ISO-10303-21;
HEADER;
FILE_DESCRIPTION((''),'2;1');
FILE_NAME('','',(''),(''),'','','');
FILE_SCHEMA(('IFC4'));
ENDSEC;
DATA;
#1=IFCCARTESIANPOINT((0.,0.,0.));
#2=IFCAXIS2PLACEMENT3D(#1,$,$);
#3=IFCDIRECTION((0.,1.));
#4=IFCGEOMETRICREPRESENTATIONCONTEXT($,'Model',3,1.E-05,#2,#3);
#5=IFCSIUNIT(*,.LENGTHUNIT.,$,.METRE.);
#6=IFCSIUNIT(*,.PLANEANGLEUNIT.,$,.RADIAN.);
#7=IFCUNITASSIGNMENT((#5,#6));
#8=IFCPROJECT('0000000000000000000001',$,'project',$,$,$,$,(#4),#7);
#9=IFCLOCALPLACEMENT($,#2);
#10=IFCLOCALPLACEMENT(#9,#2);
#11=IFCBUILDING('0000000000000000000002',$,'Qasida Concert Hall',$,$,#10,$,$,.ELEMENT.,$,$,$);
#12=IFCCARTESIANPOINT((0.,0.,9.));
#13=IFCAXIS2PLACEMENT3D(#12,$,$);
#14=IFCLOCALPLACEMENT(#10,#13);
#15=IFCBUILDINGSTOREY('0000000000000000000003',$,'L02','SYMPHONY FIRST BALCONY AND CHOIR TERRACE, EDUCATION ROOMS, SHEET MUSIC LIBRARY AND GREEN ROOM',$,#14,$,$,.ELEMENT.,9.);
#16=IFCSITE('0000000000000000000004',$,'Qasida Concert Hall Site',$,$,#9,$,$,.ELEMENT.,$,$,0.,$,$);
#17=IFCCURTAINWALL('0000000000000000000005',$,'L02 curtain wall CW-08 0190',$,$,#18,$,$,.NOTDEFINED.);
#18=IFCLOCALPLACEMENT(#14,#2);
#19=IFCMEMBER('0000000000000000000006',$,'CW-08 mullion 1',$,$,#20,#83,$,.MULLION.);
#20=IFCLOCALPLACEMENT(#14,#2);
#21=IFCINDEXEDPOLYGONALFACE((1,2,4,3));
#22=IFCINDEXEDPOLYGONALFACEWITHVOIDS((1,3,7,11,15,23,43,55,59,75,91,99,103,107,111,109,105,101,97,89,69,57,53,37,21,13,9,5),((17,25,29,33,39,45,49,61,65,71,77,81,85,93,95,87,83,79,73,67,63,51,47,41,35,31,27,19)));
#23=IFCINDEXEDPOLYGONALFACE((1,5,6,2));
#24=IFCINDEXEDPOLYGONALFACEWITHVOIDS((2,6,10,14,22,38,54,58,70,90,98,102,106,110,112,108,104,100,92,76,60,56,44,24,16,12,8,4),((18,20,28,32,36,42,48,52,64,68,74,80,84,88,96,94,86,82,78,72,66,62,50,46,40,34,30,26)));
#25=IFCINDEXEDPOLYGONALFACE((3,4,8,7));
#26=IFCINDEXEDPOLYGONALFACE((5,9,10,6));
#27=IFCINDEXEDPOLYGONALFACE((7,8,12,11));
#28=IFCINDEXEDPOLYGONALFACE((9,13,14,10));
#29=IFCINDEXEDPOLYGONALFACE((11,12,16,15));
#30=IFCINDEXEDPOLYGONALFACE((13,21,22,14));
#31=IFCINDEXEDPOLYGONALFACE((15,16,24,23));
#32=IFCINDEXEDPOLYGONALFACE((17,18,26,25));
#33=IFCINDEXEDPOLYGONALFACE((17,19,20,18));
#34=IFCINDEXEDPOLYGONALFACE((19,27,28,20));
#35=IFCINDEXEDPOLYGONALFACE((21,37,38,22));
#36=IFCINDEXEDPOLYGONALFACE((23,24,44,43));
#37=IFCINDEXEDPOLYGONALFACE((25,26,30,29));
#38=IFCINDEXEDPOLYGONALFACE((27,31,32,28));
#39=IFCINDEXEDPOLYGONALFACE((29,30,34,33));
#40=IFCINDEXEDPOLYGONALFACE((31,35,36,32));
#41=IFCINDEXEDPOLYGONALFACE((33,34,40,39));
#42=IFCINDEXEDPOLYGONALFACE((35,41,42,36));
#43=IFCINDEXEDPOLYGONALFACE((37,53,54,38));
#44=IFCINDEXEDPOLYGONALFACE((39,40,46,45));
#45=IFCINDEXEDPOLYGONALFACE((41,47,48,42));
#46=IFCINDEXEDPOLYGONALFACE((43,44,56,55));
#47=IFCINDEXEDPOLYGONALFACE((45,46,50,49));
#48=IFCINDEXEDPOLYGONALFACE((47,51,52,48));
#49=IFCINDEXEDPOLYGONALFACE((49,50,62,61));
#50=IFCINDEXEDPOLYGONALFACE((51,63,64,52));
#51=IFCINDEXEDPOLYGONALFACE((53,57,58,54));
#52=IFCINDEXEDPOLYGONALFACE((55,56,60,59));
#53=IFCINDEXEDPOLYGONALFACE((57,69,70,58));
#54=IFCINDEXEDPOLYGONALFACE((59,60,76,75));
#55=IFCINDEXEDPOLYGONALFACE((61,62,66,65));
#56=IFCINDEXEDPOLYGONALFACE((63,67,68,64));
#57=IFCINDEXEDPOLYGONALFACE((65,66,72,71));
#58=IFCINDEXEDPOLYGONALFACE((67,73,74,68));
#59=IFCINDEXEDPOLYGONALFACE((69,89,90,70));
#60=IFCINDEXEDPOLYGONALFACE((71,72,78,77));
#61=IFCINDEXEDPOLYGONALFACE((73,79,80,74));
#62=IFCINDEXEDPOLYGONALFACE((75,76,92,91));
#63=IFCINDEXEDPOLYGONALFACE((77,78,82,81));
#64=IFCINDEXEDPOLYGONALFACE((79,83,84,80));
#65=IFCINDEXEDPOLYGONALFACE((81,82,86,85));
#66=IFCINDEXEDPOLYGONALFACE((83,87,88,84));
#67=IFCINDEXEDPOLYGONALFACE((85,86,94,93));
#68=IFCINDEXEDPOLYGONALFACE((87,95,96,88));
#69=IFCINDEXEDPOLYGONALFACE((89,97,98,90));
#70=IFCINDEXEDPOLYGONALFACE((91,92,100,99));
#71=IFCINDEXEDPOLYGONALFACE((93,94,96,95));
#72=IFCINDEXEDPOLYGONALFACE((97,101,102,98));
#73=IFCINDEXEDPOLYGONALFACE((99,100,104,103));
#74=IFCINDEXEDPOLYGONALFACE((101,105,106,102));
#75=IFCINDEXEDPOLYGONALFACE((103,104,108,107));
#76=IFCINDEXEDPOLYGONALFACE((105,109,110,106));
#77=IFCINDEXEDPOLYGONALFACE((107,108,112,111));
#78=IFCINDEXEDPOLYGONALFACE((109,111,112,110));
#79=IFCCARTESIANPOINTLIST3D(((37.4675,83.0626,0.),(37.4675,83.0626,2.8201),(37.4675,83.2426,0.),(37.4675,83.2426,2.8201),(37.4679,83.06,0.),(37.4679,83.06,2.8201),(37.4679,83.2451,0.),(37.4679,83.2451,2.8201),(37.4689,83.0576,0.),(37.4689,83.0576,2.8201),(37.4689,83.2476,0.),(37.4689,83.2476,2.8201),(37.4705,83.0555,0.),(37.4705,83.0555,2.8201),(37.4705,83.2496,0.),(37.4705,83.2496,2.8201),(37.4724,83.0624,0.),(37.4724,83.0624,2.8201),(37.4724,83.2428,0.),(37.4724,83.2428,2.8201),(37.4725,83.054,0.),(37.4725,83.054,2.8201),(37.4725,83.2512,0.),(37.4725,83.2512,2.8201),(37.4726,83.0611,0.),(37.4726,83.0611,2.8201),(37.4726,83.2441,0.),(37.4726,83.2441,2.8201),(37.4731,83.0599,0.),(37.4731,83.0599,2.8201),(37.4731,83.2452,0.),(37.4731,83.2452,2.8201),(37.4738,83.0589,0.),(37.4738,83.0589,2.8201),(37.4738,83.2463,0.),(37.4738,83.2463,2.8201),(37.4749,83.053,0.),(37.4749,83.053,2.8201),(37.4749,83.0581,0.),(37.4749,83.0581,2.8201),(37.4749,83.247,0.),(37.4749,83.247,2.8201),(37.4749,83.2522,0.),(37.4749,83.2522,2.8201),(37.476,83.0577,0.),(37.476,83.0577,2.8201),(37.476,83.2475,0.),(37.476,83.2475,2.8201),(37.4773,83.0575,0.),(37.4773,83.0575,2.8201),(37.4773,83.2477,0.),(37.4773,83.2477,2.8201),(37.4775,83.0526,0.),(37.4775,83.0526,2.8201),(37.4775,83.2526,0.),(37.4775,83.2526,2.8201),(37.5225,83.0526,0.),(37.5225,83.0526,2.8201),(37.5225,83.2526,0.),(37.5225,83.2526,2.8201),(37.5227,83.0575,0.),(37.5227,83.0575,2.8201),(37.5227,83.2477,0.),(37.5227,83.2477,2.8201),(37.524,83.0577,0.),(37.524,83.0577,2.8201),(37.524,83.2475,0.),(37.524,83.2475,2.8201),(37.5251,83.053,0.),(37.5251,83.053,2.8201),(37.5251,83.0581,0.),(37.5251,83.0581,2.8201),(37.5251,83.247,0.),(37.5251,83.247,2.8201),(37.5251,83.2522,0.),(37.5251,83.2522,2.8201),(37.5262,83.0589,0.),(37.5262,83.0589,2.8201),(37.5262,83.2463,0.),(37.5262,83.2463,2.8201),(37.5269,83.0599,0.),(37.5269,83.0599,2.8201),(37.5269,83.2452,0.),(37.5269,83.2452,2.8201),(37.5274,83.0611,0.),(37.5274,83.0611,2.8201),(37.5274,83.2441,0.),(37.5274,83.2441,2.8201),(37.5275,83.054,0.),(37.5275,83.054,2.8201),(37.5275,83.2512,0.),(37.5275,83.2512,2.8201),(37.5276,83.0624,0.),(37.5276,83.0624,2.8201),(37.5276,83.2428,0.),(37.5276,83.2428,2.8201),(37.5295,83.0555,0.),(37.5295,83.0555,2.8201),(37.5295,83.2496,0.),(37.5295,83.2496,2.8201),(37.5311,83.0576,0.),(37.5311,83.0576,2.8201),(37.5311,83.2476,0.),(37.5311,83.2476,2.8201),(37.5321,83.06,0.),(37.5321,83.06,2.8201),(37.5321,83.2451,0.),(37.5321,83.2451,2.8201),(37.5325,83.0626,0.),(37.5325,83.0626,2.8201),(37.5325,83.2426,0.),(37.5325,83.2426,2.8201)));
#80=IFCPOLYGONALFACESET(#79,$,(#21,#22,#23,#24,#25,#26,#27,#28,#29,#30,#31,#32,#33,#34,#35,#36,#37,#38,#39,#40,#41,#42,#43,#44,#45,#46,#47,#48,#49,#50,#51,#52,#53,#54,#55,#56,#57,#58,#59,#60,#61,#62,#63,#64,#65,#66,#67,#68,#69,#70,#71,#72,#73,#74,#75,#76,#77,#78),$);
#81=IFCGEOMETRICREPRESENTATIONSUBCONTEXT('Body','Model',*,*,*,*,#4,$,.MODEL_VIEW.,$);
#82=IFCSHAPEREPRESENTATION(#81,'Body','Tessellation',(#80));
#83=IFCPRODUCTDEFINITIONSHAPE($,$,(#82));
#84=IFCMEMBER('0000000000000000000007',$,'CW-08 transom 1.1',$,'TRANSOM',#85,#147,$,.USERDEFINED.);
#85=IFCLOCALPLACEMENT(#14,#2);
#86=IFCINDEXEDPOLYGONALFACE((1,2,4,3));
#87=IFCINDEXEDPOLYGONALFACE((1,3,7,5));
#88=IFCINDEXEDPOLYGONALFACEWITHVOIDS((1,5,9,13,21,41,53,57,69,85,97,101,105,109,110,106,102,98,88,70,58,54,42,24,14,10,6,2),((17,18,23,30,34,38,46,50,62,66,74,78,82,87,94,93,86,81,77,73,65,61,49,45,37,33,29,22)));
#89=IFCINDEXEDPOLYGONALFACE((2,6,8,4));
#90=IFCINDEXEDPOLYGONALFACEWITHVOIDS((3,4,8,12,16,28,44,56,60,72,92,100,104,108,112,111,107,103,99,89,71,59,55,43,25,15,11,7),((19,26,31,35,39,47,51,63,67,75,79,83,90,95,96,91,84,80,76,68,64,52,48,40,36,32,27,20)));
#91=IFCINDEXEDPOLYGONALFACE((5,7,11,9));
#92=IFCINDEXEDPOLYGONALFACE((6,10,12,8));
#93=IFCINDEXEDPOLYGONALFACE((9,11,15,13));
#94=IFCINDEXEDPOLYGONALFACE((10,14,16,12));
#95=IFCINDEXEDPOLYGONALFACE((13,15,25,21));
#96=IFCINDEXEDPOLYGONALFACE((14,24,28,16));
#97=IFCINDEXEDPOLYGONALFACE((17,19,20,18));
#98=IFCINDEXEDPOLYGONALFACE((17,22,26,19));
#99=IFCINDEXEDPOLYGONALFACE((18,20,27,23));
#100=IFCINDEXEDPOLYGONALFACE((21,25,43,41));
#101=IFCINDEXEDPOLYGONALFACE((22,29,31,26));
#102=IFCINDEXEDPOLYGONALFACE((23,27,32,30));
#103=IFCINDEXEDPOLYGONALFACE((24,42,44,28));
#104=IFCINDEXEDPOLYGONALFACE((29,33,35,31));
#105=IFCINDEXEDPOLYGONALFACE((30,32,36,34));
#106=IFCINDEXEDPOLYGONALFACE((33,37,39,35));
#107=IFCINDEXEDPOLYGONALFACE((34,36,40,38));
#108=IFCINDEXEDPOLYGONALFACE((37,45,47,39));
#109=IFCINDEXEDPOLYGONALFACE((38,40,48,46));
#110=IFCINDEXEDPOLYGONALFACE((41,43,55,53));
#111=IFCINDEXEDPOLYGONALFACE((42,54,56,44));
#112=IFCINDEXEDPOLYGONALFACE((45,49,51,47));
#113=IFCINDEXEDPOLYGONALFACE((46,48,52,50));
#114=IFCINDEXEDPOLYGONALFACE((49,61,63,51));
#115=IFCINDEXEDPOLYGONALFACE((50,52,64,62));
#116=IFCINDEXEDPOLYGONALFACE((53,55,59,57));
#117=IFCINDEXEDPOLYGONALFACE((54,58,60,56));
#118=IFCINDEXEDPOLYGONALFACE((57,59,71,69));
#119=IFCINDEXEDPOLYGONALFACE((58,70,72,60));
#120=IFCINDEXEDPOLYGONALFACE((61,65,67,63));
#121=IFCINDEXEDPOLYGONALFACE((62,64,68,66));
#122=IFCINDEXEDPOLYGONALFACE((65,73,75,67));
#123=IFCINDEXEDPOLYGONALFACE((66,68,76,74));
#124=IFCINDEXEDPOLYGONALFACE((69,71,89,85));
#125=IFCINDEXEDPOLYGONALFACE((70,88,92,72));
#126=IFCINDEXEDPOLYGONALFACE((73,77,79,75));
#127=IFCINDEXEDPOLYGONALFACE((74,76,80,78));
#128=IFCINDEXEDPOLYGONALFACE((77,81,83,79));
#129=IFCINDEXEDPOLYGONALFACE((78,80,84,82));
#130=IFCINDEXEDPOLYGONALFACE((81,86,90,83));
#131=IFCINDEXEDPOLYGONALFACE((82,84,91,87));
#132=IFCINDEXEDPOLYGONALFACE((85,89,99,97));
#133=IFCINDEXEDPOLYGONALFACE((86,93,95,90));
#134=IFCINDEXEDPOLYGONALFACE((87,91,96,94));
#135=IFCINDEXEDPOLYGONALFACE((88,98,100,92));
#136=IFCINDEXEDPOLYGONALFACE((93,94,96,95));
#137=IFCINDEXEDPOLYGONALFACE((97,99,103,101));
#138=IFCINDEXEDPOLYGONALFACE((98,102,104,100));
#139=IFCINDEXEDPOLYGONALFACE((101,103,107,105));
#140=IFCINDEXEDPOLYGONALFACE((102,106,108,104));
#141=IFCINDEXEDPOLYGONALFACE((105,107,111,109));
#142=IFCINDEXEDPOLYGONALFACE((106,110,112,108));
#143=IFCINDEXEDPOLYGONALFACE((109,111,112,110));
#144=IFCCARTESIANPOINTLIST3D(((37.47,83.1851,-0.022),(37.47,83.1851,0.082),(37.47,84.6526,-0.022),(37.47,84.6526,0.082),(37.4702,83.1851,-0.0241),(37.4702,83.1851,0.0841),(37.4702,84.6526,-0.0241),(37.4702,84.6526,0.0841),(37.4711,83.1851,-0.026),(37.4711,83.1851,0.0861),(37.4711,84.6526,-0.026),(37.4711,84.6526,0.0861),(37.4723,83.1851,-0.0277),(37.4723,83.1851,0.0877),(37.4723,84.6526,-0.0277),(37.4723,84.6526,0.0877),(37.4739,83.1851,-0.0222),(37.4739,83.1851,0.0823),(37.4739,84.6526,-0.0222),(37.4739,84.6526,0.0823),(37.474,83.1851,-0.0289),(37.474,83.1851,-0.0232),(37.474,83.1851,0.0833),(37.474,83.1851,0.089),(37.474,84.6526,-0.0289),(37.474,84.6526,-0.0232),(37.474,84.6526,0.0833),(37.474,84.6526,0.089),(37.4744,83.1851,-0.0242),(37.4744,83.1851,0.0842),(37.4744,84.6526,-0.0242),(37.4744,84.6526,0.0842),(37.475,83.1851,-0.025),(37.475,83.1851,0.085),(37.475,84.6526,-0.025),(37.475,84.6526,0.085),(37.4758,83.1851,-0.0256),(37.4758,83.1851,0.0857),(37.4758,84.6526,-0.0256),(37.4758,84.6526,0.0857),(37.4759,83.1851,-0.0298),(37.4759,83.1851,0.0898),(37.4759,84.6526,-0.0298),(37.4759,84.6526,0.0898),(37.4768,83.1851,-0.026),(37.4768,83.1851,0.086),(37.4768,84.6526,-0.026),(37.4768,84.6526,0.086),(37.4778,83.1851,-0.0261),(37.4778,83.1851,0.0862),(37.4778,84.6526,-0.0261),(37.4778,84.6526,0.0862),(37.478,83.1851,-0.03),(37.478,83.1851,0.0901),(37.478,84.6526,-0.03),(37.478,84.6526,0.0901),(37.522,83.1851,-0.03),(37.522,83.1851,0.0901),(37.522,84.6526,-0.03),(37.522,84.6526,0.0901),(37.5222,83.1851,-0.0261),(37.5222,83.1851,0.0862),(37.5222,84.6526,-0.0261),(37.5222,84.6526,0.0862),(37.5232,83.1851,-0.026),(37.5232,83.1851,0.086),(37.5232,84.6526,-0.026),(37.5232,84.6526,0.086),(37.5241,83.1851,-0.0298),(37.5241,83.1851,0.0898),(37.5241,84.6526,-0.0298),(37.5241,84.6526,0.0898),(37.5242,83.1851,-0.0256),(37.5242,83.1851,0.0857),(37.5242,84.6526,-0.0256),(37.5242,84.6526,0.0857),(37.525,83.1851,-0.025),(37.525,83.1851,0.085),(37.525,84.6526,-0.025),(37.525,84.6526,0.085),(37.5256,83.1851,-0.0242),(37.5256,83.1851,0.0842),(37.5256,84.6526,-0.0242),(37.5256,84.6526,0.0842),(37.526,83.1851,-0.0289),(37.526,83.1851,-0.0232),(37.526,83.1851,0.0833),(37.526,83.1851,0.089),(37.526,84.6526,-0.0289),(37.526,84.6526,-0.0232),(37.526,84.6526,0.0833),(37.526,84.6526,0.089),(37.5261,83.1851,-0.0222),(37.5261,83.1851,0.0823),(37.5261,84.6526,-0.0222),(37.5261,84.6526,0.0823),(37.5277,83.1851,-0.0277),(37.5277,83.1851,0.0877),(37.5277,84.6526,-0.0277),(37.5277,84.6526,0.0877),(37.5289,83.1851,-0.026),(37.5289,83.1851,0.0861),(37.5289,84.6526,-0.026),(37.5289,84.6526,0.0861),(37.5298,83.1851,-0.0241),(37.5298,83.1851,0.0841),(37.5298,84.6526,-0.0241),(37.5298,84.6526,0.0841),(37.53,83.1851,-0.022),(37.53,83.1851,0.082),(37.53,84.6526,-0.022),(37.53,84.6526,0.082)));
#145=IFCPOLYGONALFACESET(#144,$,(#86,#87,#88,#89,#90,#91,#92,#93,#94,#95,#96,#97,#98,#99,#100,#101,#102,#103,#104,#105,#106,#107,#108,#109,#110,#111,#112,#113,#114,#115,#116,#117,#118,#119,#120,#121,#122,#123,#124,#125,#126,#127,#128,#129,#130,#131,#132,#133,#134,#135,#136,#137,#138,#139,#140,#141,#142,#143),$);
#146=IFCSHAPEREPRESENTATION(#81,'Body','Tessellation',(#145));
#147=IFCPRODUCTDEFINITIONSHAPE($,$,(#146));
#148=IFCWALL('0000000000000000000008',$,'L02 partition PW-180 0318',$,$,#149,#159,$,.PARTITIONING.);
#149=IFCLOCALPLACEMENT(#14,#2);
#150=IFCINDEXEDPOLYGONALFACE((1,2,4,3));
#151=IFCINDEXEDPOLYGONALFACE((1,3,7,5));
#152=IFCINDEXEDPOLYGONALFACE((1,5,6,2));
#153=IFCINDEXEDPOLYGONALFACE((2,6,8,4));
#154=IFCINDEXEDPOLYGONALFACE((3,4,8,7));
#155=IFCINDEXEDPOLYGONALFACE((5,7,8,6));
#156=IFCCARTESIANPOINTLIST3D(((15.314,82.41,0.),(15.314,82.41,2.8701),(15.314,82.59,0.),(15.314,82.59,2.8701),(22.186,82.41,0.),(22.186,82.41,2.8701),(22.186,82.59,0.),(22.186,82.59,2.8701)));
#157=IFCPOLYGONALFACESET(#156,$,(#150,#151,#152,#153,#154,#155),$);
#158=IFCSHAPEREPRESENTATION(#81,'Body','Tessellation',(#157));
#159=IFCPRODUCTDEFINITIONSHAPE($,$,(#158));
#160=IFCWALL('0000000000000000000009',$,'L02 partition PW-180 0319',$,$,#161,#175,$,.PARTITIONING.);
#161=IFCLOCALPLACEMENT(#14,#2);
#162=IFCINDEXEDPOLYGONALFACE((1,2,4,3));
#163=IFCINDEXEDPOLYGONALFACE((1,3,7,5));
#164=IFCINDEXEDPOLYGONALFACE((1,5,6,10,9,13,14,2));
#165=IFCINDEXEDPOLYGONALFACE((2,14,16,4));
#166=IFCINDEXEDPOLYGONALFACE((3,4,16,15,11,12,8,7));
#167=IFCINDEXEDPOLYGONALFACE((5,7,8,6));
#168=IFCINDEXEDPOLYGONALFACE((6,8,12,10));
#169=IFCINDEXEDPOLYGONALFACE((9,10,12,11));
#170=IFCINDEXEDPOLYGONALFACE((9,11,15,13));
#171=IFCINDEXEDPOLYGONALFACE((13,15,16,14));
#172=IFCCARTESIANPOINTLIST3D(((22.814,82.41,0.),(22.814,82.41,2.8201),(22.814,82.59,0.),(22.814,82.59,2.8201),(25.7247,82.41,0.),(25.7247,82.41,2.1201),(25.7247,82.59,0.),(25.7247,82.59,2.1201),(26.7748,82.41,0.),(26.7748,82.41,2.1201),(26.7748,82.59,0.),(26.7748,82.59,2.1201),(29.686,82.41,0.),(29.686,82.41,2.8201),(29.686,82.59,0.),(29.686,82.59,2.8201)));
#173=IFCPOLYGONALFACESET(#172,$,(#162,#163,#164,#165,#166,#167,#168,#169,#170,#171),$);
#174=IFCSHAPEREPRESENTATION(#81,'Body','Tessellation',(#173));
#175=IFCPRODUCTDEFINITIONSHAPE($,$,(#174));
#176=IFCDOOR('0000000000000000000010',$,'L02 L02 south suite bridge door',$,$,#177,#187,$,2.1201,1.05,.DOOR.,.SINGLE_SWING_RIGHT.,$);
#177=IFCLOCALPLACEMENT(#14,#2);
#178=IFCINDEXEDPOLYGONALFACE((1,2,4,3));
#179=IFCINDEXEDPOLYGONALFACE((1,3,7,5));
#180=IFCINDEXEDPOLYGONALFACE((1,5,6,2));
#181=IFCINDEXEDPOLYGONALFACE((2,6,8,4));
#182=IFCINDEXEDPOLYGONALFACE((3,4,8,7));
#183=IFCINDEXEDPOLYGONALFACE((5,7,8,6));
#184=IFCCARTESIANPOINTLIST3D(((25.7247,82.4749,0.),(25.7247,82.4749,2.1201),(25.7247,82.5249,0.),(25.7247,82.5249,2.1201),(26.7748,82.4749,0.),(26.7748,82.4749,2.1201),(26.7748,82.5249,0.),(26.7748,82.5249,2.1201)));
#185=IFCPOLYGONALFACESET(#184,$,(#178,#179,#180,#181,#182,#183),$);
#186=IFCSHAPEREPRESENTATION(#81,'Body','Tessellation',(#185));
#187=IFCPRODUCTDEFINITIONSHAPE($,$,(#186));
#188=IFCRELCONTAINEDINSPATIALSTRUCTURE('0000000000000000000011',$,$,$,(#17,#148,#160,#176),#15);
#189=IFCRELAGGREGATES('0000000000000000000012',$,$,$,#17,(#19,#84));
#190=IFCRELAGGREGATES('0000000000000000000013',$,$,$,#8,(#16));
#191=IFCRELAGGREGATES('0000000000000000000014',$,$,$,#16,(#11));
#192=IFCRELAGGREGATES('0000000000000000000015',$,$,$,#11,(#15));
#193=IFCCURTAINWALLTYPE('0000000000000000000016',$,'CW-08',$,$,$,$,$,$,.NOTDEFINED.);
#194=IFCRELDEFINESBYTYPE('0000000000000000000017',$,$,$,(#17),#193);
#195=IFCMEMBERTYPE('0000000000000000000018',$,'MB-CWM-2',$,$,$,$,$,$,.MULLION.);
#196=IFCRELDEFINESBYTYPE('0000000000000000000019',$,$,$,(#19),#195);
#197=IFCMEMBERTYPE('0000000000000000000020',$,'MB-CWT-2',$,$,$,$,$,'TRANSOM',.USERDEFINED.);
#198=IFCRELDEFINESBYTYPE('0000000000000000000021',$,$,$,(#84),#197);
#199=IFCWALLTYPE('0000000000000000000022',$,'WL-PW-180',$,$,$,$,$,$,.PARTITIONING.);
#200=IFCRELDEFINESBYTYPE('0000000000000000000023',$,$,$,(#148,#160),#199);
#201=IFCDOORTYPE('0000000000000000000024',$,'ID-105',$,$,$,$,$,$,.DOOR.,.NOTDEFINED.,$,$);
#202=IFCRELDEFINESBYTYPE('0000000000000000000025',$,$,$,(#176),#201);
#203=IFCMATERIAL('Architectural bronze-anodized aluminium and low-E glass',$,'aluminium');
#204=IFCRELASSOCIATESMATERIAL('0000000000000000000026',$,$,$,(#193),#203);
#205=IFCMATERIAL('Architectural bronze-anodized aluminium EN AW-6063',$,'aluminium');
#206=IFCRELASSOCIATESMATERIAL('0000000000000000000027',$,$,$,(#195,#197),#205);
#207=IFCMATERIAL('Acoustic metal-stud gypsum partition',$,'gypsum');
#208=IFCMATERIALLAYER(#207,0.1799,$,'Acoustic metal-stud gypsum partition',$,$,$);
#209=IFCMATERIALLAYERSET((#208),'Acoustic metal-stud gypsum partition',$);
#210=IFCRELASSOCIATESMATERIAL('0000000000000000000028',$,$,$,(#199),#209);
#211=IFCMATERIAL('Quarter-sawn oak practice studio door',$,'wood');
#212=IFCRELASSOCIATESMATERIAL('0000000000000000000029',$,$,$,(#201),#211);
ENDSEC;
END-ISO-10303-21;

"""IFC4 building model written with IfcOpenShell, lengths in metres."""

from ifc_helpers import new_model, si_unit, direction, frame, frame_2d, origin, origin_2d, place, context, subcontext, project, spatial, rectangle, hollow_rectangle, extrude, material, layer, layer_set, material_profile, profile_set, type_object, element, fill, aggregate, save


model = new_model("IFC4")

# Units and contexts
model_context = context("Model", 3, precision=1e-05, world=origin(), true_north=direction((0.0, 1.0)))
body_context = subcontext(model_context, "Body", "Model", "MODEL_VIEW")
ifc_project = project(units=[si_unit("LENGTHUNIT", "METRE"), si_unit("PLANEANGLEUNIT", "RADIAN")], contexts=[model_context])

# Site, building, storey
site_placement = place(None, origin())
site = spatial("IfcSite", under=ifc_project, at=site_placement, Name="Qasida Concert Hall Site", CompositionType="ELEMENT", RefElevation=0.0)
building_placement = place(site_placement, origin())
building = spatial("IfcBuilding", under=site, at=building_placement, Name="Qasida Concert Hall", CompositionType="ELEMENT")
storey_placement = place(building_placement, frame((0.0, 0.0, 9.0)))
storey = spatial("IfcBuildingStorey", under=building, at=storey_placement, Name="L02", Description="SYMPHONY FIRST BALCONY AND CHOIR TERRACE, EDUCATION ROOMS, SHEET MUSIC LIBRARY AND GREEN ROOM", CompositionType="ELEMENT", Elevation=9.0)

# Curtain wall, members
ifc_material_1 = material(Name="Architectural bronze-anodized aluminium and low-E glass", Category="aluminium")
curtain_wall_type = type_object("IfcCurtainWallType", Name="CW-08", PredefinedType="NOTDEFINED", material=ifc_material_1)
curtain_wall_placement = place(storey_placement, origin())
curtain_wall = element("IfcCurtainWall", 1, at=curtain_wall_placement, inside=storey, type_object=curtain_wall_type, Name="L02 curtain wall CW-08 0190", PredefinedType="NOTDEFINED")
ifc_material_2 = material(Name="Architectural bronze-anodized aluminium EN AW-6063", Category="aluminium")
ifc_material_profile_1 = material_profile(ifc_material_2, hollow_rectangle(XDim=0.0649, YDim=0.2, WallThickness=0.0049, InnerFilletRadius=0.0049, OuterFilletRadius=0.01, at=origin_2d()), Name="CWM 200x65x5")
ifc_profile_set_1 = profile_set([ifc_material_profile_1], Name="Architectural bronze-anodized aluminium EN AW-6063")
member_type_1 = type_object("IfcMemberType", Name="MB-CWM-2", PredefinedType="MULLION", material=ifc_profile_set_1)
member_1_placement = place(storey_placement, frame((37.5, 83.1526, 0.0), z_axis=(0.0, 0.0, 1.0), x_axis=(-1.0, 0.0, 0.0)))
member_1 = element("IfcMember", 2, at=member_1_placement, type_object=member_type_1, Name="CW-08 mullion 1", PredefinedType="MULLION", context=body_context, shape_type="SweptSolid", body=[
    extrude(hollow_rectangle(XDim=0.0649, YDim=0.2, WallThickness=0.0049, InnerFilletRadius=0.0049, OuterFilletRadius=0.01, at=origin_2d()), origin(), (0.0, 0.0, 1.0), 2.8201),
])
ifc_material_profile_2 = material_profile(ifc_material_2, hollow_rectangle(XDim=0.0601, YDim=0.1201, WallThickness=0.0039, InnerFilletRadius=0.0039, OuterFilletRadius=0.0081, at=origin_2d()), Name="CWT 120x60x4")
ifc_profile_set_2 = profile_set([ifc_material_profile_2], Name="Architectural bronze-anodized aluminium EN AW-6063")
member_type_2 = type_object("IfcMemberType", Name="MB-CWT-2", ElementType="TRANSOM", PredefinedType="USERDEFINED", material=ifc_profile_set_2)
member_2_placement = place(storey_placement, frame((37.5, 83.1851, 0.03), z_axis=(0.0, 1.0, 0.0), x_axis=(-1.0, 0.0, 0.0)))
member_2 = element("IfcMember", 3, at=member_2_placement, type_object=member_type_2, Name="CW-08 transom 1.1", ObjectType="TRANSOM", PredefinedType="USERDEFINED", context=body_context, shape_type="SweptSolid", body=[
    extrude(hollow_rectangle(XDim=0.0601, YDim=0.1201, WallThickness=0.0039, InnerFilletRadius=0.0039, OuterFilletRadius=0.0081, at=origin_2d()), origin(), (0.0, 0.0, 1.0), 1.4675),
])
aggregate(curtain_wall, [member_1, member_2])

# Wall
ifc_material_3 = material(Name="Acoustic metal-stud gypsum partition", Category="gypsum")
ifc_layer_1 = layer(ifc_material_3, 0.1799, Name="Acoustic metal-stud gypsum partition")
ifc_layer_set_1 = layer_set([ifc_layer_1], Name="Acoustic metal-stud gypsum partition")
wall_type_1 = type_object("IfcWallType", Name="WL-PW-180", PredefinedType="PARTITIONING", material=ifc_layer_set_1)
wall_1_placement = place(storey_placement, frame((15.314, 82.5, 0.0), z_axis=(0.0, 0.0, 1.0), x_axis=(1.0, 0.0, 0.0)))
element("IfcWall", 4, at=wall_1_placement, inside=storey, type_object=wall_type_1, Name="L02 partition PW-180 0318", PredefinedType="PARTITIONING", context=body_context, shape_type="SweptSolid", body=[
    extrude(rectangle(XDim=6.8721, YDim=0.1799, at=frame_2d((3.436, 0.0))), origin(), (0.0, 0.0, 1.0), 2.8701),
])

# Wall, opening, door
wall_2_placement = place(storey_placement, frame((22.814, 82.5, 0.0), z_axis=(0.0, 0.0, 1.0), x_axis=(1.0, 0.0, 0.0)))
wall_2 = element("IfcWall", 5, at=wall_2_placement, inside=storey, type_object=wall_type_1, Name="L02 partition PW-180 0319", PredefinedType="PARTITIONING", context=body_context, shape_type="SweptSolid", body=[
    extrude(rectangle(XDim=6.8721, YDim=0.1799, at=frame_2d((3.436, 0.0))), origin(), (0.0, 0.0, 1.0), 2.8201),
])
opening_placement = place(wall_2_placement, frame((2.9109, 0.0, 0.0)))
opening = element("IfcOpeningElement", 6, at=opening_placement, cuts=wall_2, PredefinedType="OPENING", context=body_context, shape_type="SweptSolid", body=[
    extrude(rectangle(XDim=1.05, YDim=2.1201, at=frame_2d((0.5249, 1.0601))), frame((0.0, 0.0999, 0.0), z_axis=(0.0, -1.0, 0.0), x_axis=(1.0, 0.0, 0.0)), (0.0, 0.0, 1.0), 0.2),
])
ifc_material_4 = material(Name="Quarter-sawn oak practice studio door", Category="wood")
door_type = type_object("IfcDoorType", Name="ID-105", OperationType="NOTDEFINED", PredefinedType="DOOR", material=ifc_material_4)
door_placement = place(opening_placement, origin())
door = element("IfcDoor", 7, at=door_placement, inside=storey, type_object=door_type, Name="L02 L02 south suite bridge door", OperationType="SINGLE_SWING_RIGHT", OverallHeight=2.1201, OverallWidth=1.05, PredefinedType="DOOR", context=body_context, shape_type="SweptSolid", body=[
    extrude(rectangle(XDim=1.05, YDim=2.1201, at=frame_2d((0.5249, 1.0601))), frame((0.0, 0.0249, 0.0), z_axis=(0.0, -1.0, 0.0), x_axis=(1.0, 0.0, 0.0)), (0.0, 0.0, 1.0), 0.05),
])
fill(opening, door)

save(model, "model.ifc")
